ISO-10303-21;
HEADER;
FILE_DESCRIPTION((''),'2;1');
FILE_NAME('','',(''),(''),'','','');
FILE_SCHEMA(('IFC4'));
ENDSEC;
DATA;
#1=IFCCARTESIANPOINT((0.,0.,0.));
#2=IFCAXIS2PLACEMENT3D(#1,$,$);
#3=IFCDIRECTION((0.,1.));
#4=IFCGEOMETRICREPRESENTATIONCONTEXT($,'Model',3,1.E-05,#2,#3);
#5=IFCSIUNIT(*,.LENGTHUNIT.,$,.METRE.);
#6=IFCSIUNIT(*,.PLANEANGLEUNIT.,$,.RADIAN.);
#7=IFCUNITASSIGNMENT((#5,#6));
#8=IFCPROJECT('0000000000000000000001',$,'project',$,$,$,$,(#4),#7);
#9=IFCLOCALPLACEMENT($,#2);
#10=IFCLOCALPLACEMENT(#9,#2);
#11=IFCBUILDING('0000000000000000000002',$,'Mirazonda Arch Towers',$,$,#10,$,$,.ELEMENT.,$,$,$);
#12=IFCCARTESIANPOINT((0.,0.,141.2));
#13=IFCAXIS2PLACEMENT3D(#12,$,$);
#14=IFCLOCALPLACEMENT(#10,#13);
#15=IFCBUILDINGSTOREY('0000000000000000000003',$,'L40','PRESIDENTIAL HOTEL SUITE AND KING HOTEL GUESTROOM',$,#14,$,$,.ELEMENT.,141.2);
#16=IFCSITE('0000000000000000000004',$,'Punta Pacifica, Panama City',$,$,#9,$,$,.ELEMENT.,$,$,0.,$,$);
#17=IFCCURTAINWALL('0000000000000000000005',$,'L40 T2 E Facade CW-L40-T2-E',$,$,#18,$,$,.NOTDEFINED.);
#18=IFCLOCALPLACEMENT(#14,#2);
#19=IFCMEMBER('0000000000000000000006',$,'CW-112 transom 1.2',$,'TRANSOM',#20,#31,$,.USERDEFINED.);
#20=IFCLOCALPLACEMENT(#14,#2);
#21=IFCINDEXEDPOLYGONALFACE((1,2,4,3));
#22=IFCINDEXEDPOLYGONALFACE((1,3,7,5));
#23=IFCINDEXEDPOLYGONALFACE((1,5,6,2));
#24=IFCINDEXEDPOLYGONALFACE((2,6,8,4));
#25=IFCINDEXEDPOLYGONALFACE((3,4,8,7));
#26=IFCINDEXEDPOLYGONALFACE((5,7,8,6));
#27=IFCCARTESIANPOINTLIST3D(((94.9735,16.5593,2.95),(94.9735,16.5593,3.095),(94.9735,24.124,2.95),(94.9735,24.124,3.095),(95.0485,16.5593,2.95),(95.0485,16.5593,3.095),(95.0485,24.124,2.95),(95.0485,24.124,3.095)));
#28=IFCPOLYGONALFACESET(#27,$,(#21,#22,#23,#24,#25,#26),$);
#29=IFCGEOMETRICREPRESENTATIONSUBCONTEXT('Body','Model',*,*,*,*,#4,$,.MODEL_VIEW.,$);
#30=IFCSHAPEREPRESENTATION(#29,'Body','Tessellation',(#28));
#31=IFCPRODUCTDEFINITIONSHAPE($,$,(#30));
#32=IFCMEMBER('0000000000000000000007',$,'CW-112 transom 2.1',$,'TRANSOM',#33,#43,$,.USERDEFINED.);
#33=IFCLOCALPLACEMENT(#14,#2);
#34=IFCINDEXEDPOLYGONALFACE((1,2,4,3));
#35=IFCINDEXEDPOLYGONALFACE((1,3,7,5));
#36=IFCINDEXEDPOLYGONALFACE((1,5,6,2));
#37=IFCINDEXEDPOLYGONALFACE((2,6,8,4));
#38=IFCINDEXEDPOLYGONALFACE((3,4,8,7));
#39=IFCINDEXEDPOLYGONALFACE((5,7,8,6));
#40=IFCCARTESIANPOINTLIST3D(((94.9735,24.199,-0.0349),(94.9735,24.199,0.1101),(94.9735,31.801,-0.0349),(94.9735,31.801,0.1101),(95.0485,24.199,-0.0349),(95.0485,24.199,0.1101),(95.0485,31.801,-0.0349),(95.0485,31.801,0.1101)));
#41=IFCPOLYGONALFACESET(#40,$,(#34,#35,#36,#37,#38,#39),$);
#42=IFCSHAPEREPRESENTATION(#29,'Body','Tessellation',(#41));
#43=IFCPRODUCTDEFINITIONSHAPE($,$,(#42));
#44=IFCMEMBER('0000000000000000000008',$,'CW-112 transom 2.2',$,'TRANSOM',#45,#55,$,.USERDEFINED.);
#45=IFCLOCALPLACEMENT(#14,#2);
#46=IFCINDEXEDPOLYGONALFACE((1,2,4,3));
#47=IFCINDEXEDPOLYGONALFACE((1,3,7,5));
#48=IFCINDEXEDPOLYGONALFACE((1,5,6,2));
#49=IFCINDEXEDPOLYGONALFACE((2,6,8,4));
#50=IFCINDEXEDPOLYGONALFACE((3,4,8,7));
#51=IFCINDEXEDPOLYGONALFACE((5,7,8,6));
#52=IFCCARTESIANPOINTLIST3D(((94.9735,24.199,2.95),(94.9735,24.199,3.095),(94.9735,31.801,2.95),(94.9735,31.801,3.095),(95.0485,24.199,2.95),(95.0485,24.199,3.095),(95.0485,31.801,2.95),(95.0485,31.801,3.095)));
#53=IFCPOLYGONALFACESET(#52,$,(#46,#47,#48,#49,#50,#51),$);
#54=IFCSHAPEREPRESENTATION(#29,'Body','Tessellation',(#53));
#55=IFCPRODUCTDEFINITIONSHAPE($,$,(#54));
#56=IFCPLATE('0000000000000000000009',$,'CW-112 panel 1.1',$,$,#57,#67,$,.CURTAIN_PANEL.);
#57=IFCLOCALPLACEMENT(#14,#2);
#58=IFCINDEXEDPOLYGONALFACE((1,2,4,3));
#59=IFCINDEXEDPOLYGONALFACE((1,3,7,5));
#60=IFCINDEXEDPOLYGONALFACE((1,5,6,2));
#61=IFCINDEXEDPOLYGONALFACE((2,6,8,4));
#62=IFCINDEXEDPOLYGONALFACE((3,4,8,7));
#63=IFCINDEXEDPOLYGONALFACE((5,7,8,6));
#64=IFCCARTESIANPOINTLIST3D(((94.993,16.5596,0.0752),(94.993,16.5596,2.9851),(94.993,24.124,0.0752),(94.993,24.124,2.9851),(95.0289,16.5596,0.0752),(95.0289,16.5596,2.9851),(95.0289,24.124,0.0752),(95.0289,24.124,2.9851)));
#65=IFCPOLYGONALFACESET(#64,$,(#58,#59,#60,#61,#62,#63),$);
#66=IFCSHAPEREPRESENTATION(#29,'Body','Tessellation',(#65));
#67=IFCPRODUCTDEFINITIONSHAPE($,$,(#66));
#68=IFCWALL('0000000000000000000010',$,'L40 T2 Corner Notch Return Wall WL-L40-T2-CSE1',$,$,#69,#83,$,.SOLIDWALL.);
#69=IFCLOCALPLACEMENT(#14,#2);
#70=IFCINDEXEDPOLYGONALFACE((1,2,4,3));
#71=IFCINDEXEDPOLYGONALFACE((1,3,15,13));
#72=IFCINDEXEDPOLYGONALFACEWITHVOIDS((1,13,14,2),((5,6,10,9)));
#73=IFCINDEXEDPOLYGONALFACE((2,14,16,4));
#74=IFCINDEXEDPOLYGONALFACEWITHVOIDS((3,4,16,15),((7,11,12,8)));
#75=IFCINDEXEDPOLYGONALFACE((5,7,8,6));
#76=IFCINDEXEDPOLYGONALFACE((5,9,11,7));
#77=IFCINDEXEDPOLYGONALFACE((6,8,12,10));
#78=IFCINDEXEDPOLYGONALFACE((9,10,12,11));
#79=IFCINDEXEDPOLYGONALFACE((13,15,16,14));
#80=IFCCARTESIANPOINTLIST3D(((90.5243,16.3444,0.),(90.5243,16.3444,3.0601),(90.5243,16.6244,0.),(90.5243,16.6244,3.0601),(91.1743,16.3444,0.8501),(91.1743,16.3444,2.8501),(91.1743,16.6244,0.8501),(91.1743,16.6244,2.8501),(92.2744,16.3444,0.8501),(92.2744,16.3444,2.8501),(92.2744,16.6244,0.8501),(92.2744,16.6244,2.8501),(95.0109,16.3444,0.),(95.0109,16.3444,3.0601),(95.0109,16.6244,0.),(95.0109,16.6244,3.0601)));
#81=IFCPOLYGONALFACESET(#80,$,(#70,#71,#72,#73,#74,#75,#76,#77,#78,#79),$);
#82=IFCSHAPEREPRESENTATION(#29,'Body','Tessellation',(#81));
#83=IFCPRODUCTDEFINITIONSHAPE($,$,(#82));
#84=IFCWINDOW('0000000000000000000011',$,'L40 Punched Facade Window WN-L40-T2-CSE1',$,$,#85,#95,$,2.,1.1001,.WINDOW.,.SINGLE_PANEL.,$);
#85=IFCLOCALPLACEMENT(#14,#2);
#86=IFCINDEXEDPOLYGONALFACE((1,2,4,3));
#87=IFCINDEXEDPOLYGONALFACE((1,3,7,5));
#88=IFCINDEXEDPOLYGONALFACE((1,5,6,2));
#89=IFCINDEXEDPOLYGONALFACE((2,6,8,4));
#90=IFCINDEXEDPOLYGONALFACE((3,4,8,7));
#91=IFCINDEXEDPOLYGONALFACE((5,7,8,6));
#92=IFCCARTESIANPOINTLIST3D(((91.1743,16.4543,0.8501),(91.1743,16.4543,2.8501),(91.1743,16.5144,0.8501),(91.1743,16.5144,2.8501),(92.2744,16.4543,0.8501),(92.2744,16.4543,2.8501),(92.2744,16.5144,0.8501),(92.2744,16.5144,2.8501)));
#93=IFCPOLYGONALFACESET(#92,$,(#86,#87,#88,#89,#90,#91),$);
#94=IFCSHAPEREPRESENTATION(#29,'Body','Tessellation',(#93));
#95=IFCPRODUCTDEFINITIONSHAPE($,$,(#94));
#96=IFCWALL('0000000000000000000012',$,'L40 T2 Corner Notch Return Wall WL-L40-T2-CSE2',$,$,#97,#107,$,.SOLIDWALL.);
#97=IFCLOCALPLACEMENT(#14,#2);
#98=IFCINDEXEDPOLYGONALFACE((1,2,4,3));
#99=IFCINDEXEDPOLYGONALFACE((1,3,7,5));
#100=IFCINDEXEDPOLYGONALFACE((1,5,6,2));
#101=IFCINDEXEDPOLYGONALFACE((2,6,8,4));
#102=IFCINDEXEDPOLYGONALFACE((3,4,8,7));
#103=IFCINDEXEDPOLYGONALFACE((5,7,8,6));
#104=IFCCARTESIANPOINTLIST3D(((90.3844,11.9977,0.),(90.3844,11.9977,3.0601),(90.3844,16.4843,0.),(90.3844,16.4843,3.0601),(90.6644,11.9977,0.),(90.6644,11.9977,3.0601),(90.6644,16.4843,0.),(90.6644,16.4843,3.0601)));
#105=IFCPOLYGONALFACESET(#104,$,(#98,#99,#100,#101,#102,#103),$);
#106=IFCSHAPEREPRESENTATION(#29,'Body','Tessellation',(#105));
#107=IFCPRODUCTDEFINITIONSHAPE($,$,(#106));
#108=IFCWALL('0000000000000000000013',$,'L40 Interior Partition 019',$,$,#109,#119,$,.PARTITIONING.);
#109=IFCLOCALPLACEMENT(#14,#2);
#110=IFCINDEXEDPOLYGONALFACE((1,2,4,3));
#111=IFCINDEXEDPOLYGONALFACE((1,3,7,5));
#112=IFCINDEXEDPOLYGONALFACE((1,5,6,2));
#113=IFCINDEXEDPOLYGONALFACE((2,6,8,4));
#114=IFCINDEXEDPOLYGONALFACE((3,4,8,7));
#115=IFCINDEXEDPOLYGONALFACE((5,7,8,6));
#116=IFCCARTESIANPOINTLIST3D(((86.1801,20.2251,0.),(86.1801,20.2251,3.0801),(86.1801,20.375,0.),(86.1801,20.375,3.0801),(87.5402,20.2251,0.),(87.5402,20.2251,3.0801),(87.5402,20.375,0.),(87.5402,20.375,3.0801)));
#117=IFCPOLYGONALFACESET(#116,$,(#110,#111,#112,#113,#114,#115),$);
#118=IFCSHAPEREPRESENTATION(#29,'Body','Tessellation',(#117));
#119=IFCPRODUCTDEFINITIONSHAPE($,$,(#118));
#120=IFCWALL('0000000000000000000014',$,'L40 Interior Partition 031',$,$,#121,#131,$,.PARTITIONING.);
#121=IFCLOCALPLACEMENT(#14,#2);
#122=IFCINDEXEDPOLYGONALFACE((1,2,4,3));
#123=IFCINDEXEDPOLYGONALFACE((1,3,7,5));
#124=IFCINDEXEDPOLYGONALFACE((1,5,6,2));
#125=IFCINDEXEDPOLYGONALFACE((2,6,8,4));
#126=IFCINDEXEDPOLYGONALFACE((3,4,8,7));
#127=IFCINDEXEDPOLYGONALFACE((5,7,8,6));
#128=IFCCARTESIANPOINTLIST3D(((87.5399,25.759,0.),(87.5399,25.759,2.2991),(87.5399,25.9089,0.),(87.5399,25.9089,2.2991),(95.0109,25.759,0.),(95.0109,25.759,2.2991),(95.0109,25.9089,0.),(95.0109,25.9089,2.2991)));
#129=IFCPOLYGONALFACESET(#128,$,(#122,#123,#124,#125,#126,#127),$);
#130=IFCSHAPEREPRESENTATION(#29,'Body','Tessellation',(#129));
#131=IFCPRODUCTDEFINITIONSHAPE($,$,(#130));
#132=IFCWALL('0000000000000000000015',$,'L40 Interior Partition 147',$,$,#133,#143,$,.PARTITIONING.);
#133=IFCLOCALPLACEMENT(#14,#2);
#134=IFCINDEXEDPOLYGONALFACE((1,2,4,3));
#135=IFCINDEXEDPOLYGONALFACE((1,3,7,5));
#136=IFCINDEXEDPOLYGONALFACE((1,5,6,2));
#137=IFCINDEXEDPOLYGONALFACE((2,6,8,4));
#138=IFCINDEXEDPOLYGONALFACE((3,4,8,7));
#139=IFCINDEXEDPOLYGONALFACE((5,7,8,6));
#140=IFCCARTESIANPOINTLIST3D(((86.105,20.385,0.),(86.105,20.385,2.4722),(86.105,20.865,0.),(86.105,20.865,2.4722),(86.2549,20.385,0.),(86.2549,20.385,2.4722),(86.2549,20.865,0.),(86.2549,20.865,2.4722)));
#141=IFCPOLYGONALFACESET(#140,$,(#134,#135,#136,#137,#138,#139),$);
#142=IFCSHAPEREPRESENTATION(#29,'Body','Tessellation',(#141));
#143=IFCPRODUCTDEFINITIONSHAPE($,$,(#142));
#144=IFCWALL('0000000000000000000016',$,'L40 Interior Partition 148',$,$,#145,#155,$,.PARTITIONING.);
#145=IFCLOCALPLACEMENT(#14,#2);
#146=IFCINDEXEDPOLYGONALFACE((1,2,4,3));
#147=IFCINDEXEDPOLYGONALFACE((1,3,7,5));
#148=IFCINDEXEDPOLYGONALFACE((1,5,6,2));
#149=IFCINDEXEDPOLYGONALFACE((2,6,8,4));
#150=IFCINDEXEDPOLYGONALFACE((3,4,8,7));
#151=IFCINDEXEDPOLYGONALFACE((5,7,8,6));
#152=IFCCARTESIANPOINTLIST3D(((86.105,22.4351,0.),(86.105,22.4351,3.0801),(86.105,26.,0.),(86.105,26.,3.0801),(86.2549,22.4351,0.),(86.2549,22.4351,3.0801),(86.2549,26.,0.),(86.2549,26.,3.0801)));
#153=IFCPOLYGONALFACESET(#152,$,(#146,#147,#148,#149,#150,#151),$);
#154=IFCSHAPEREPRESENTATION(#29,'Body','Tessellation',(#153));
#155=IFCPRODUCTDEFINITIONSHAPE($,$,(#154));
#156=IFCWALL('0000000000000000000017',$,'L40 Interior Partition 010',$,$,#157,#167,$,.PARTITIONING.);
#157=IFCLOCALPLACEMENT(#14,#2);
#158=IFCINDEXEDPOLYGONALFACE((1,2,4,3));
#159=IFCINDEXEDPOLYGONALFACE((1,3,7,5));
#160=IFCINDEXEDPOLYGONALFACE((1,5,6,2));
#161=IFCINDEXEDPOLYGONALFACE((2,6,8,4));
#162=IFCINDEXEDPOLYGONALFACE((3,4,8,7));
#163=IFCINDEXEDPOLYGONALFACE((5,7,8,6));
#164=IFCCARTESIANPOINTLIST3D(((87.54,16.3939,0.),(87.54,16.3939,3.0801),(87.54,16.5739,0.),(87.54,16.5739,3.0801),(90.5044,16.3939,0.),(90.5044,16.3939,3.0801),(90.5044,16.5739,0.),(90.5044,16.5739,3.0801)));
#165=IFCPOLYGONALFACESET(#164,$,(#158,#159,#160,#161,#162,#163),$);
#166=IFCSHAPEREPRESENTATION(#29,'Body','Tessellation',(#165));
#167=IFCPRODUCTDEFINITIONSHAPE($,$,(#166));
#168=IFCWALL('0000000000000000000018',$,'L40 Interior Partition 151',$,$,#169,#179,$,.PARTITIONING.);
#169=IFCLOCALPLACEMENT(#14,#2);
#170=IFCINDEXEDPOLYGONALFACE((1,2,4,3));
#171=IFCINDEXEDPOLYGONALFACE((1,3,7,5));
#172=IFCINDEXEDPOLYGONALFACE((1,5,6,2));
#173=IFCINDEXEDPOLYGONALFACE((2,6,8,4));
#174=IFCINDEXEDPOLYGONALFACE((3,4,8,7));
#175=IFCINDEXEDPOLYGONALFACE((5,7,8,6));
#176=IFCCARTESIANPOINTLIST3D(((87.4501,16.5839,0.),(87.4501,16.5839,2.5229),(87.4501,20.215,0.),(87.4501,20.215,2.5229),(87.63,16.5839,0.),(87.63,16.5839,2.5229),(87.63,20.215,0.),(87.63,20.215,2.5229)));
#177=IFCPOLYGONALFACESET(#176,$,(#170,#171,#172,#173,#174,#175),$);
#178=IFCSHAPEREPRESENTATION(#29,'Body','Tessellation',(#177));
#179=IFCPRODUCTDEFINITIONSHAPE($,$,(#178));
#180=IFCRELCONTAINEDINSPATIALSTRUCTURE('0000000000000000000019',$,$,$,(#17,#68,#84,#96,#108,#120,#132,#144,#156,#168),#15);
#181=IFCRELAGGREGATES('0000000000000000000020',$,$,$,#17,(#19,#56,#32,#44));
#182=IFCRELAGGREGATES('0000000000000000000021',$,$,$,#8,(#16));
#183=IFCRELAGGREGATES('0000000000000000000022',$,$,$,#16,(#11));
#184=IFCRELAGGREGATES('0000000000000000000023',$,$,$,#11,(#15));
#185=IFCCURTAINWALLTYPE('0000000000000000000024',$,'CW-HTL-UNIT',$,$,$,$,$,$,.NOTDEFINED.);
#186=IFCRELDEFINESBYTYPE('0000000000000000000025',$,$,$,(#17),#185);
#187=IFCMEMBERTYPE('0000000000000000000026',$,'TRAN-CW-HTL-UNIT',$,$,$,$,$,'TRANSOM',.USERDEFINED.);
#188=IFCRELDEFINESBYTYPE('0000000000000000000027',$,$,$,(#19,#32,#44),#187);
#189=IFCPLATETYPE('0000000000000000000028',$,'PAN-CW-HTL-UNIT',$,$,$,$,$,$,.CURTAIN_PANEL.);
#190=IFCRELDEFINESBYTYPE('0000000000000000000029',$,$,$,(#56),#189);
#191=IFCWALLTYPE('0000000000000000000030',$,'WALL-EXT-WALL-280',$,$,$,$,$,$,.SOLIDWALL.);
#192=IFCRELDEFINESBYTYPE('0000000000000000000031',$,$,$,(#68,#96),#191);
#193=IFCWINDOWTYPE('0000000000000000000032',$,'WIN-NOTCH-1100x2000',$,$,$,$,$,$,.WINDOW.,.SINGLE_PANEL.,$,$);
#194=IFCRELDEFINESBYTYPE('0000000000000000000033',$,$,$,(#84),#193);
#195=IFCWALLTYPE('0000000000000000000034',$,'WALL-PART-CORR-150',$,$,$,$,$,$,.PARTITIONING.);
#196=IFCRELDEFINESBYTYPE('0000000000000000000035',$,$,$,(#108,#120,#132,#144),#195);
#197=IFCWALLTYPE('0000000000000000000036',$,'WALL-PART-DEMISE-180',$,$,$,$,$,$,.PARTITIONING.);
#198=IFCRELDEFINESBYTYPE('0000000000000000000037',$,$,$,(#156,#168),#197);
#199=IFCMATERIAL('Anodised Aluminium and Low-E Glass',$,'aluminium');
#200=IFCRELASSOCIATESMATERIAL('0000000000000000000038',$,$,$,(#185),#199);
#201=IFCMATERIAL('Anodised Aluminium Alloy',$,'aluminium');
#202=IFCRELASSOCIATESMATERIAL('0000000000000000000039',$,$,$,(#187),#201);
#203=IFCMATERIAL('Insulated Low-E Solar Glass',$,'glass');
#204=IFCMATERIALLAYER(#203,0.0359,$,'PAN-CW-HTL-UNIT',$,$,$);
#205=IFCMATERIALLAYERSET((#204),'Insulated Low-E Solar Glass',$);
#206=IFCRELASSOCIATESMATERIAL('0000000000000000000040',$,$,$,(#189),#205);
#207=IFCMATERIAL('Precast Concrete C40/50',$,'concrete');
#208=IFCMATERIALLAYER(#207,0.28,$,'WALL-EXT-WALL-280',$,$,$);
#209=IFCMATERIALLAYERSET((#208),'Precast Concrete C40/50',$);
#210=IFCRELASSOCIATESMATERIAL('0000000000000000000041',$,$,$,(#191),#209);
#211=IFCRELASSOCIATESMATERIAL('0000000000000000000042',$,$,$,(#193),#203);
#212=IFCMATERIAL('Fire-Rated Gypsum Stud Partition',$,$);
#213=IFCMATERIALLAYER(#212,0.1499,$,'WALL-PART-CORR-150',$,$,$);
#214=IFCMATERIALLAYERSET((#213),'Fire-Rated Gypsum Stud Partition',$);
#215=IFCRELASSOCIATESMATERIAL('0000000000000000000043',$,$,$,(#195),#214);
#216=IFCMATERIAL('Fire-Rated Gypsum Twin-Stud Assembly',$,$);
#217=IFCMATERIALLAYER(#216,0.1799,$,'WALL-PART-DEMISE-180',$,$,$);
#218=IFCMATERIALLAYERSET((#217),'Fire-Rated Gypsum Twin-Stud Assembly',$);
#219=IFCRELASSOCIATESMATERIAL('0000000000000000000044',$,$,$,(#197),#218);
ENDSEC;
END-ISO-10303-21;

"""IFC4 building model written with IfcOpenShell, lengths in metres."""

from ifc_helpers import new_model, si_unit, direction, frame, frame_2d, origin, origin_2d, place, context, subcontext, project, spatial, rectangle, extrude, material, layer, layer_set, material_profile, profile_set, type_object, element, fill, aggregate, save


model = new_model("IFC4")

# Units and contexts
model_context = context("Model", 3, precision=1e-05, world=origin(), true_north=direction((0.0, 1.0)))
body_context = subcontext(model_context, "Body", "Model", "MODEL_VIEW")
ifc_project = project(units=[si_unit("LENGTHUNIT", "METRE"), si_unit("PLANEANGLEUNIT", "RADIAN")], contexts=[model_context])

# Site, building, storey
site_placement = place(None, origin())
site = spatial("IfcSite", under=ifc_project, at=site_placement, Name="Punta Pacifica, Panama City", CompositionType="ELEMENT", RefElevation=0.0)
building_placement = place(site_placement, origin())
building = spatial("IfcBuilding", under=site, at=building_placement, Name="Mirazonda Arch Towers", CompositionType="ELEMENT")
storey_placement = place(building_placement, frame((0.0, 0.0, 141.2)))
storey = spatial("IfcBuildingStorey", under=building, at=storey_placement, Name="L40", Description="PRESIDENTIAL HOTEL SUITE AND KING HOTEL GUESTROOM", CompositionType="ELEMENT", Elevation=141.2)

# Shared definitions
ifc_material_1 = material(Name="Anodised Aluminium and Low-E Glass", Category="aluminium")
curtain_wall_type = type_object("IfcCurtainWallType", Name="CW-HTL-UNIT", PredefinedType="NOTDEFINED", material=ifc_material_1)
ifc_material_2 = material(Name="Anodised Aluminium Alloy", Category="aluminium")

# Curtain wall
curtain_wall_1_placement = place(storey_placement, origin())
curtain_wall_1 = element("IfcCurtainWall", 1, at=curtain_wall_1_placement, inside=storey, type_object=curtain_wall_type, Name="L40 T2 E Facade CW-L40-T2-E", PredefinedType="NOTDEFINED")

# Members
ifc_material_profile_1 = material_profile(ifc_material_2, rectangle(XDim=0.075, YDim=0.145, at=origin_2d()), Name="ALU-TRAN-75x145")
ifc_profile_set_1 = profile_set([ifc_material_profile_1], Name="Anodised Aluminium Alloy")
member_type_1 = type_object("IfcMemberType", Name="TRAN-CW-HTL-UNIT", ElementType="TRANSOM", PredefinedType="USERDEFINED", material=ifc_profile_set_1)
member_1_placement = place(storey_placement, frame((95.011, 16.5593, 3.0225), z_axis=(0.0, 1.0, 0.0), x_axis=(-1.0, 0.0, 0.0)))
member_1 = element("IfcMember", 2, at=member_1_placement, type_object=member_type_1, Name="CW-112 transom 1.2", ObjectType="TRANSOM", PredefinedType="USERDEFINED", context=body_context, shape_type="SweptSolid", body=[
    extrude(rectangle(XDim=0.075, YDim=0.145, at=origin_2d()), origin(), (0.0, 0.0, 1.0), 7.5647),
])
member_2_placement = place(storey_placement, frame((95.011, 24.199, 0.0376), z_axis=(0.0, 1.0, 0.0), x_axis=(-1.0, 0.0, 0.0)))
member_2 = element("IfcMember", 3, at=member_2_placement, type_object=member_type_1, Name="CW-112 transom 2.1", ObjectType="TRANSOM", PredefinedType="USERDEFINED", context=body_context, shape_type="SweptSolid", body=[
    extrude(rectangle(XDim=0.075, YDim=0.145, at=origin_2d()), origin(), (0.0, 0.0, 1.0), 7.6021),
])
member_3_placement = place(storey_placement, frame((95.011, 24.199, 3.0225), z_axis=(0.0, 1.0, 0.0), x_axis=(-1.0, 0.0, 0.0)))
member_3 = element("IfcMember", 4, at=member_3_placement, type_object=member_type_1, Name="CW-112 transom 2.2", ObjectType="TRANSOM", PredefinedType="USERDEFINED", context=body_context, shape_type="SweptSolid", body=[
    extrude(rectangle(XDim=0.075, YDim=0.145, at=origin_2d()), origin(), (0.0, 0.0, 1.0), 7.6021),
])

# Plate
ifc_material_3 = material(Name="Insulated Low-E Solar Glass", Category="glass")
ifc_layer_1 = layer(ifc_material_3, 0.0359, Name="PAN-CW-HTL-UNIT")
ifc_layer_set_1 = layer_set([ifc_layer_1], Name="Insulated Low-E Solar Glass")
plate_type = type_object("IfcPlateType", Name="PAN-CW-HTL-UNIT", PredefinedType="CURTAIN_PANEL", material=ifc_layer_set_1)
plate_placement = place(storey_placement, frame((95.011, 20.3418, 0.0752), z_axis=(0.0, 0.0, 1.0), x_axis=(0.0, 1.0, 0.0)))
plate = element("IfcPlate", 5, at=plate_placement, type_object=plate_type, Name="CW-112 panel 1.1", PredefinedType="CURTAIN_PANEL", context=body_context, shape_type="SweptSolid", body=[
    extrude(rectangle(XDim=7.5645, YDim=0.0359, at=origin_2d()), origin(), (0.0, 0.0, 1.0), 2.9099),
])
aggregate(curtain_wall_1, [member_1, plate, member_2, member_3])

# Wall, opening, window
ifc_material_4 = material(Name="Precast Concrete C40/50", Category="concrete")
ifc_layer_2 = layer(ifc_material_4, 0.28, Name="WALL-EXT-WALL-280")
ifc_layer_set_2 = layer_set([ifc_layer_2], Name="Precast Concrete C40/50")
wall_type_1 = type_object("IfcWallType", Name="WALL-EXT-WALL-280", PredefinedType="SOLIDWALL", material=ifc_layer_set_2)
wall_1_placement = place(storey_placement, frame((90.5244, 16.4844, 0.0), z_axis=(0.0, 0.0, 1.0), x_axis=(1.0, 0.0, 0.0)))
wall_1 = element("IfcWall", 6, at=wall_1_placement, inside=storey, type_object=wall_type_1, Name="L40 T2 Corner Notch Return Wall WL-L40-T2-CSE1", PredefinedType="SOLIDWALL", context=body_context, shape_type="SweptSolid", body=[
    extrude(rectangle(XDim=4.4866, YDim=0.28, at=frame_2d((2.2432, 0.0))), origin(), (0.0, 0.0, 1.0), 3.0601),
])
opening_1_placement = place(wall_1_placement, frame((0.6499, 0.0, 0.8501)))
opening_1 = element("IfcOpeningElement", 7, at=opening_1_placement, cuts=wall_1, PredefinedType="OPENING", context=body_context, shape_type="SweptSolid", body=[
    extrude(rectangle(XDim=1.1001, YDim=2.0, at=frame_2d((0.55, 1.0))), frame((0.0, 0.1499, 0.0), z_axis=(0.0, -1.0, 0.0), x_axis=(1.0, 0.0, 0.0)), (0.0, 0.0, 1.0), 0.3),
])
window_type = type_object("IfcWindowType", Name="WIN-NOTCH-1100x2000", PartitioningType="SINGLE_PANEL", PredefinedType="WINDOW", material=ifc_material_3)
window_placement = place(opening_1_placement, origin())
window = element("IfcWindow", 8, at=window_placement, inside=storey, type_object=window_type, Name="L40 Punched Facade Window WN-L40-T2-CSE1", OverallHeight=2.0, OverallWidth=1.1001, PartitioningType="SINGLE_PANEL", PredefinedType="WINDOW", context=body_context, shape_type="SweptSolid", body=[
    extrude(rectangle(XDim=1.1001, YDim=2.0, at=frame_2d((0.55, 1.0))), frame((0.0, 0.03, 0.0), z_axis=(0.0, -1.0, 0.0), x_axis=(1.0, 0.0, 0.0)), (0.0, 0.0, 1.0), 0.0601),
])
fill(opening_1, window)

# Walls
wall_2_placement = place(storey_placement, frame((90.5244, 11.9978, 0.0), z_axis=(0.0, 0.0, 1.0), x_axis=(0.0, 1.0, 0.0)))
element("IfcWall", 9, at=wall_2_placement, inside=storey, type_object=wall_type_1, Name="L40 T2 Corner Notch Return Wall WL-L40-T2-CSE2", PredefinedType="SOLIDWALL", context=body_context, shape_type="SweptSolid", body=[
    extrude(rectangle(XDim=4.4866, YDim=0.28, at=frame_2d((2.2432, 0.0))), origin(), (0.0, 0.0, 1.0), 3.0601),
])
ifc_material_5 = material(Name="Fire-Rated Gypsum Stud Partition")
ifc_layer_3 = layer(ifc_material_5, 0.1499, Name="WALL-PART-CORR-150")
ifc_layer_set_3 = layer_set([ifc_layer_3], Name="Fire-Rated Gypsum Stud Partition")
wall_type_2 = type_object("IfcWallType", Name="WALL-PART-CORR-150", PredefinedType="PARTITIONING", material=ifc_layer_set_3)
wall_3_placement = place(storey_placement, frame((86.1799, 20.3, 0.0), z_axis=(0.0, 0.0, 1.0), x_axis=(1.0, 0.0, 0.0)))
element("IfcWall", 10, at=wall_3_placement, inside=storey, type_object=wall_type_2, Name="L40 Interior Partition 019", PredefinedType="PARTITIONING", context=body_context, shape_type="SweptSolid", body=[
    extrude(rectangle(XDim=1.3601, YDim=0.1499, at=frame_2d((0.6802, 0.0))), origin(), (0.0, 0.0, 1.0), 3.0801),
])
wall_4_placement = place(storey_placement, frame((87.54, 25.834, 0.0), z_axis=(0.0, 0.0, 1.0), x_axis=(1.0, 0.0, 0.0)))
element("IfcWall", 11, at=wall_4_placement, inside=storey, type_object=wall_type_2, Name="L40 Interior Partition 031", PredefinedType="PARTITIONING", context=body_context, shape_type="SweptSolid", body=[
    extrude(rectangle(XDim=7.4709, YDim=0.1499, at=frame_2d((3.7354, 0.0))), origin(), (0.0, 0.0, 1.0), 2.2991),
])
wall_5_placement = place(storey_placement, frame((86.1799, 20.385, 0.0), z_axis=(0.0, 0.0, 1.0), x_axis=(0.0, 1.0, 0.0)))
element("IfcWall", 12, at=wall_5_placement, inside=storey, type_object=wall_type_2, Name="L40 Interior Partition 147", PredefinedType="PARTITIONING", context=body_context, shape_type="SweptSolid", body=[
    extrude(rectangle(XDim=0.48, YDim=0.1499, at=frame_2d((0.24, 0.0))), origin(), (0.0, 0.0, 1.0), 2.4722),
])
wall_6_placement = place(storey_placement, frame((86.1799, 22.4351, 0.0), z_axis=(0.0, 0.0, 1.0), x_axis=(0.0, 1.0, 0.0)))
element("IfcWall", 13, at=wall_6_placement, inside=storey, type_object=wall_type_2, Name="L40 Interior Partition 148", PredefinedType="PARTITIONING", context=body_context, shape_type="SweptSolid", body=[
    extrude(rectangle(XDim=3.5649, YDim=0.1499, at=frame_2d((1.7825, 0.0))), origin(), (0.0, 0.0, 1.0), 3.0801),
])
ifc_material_6 = material(Name="Fire-Rated Gypsum Twin-Stud Assembly")
ifc_layer_4 = layer(ifc_material_6, 0.1799, Name="WALL-PART-DEMISE-180")
ifc_layer_set_4 = layer_set([ifc_layer_4], Name="Fire-Rated Gypsum Twin-Stud Assembly")
wall_type_3 = type_object("IfcWallType", Name="WALL-PART-DEMISE-180", PredefinedType="PARTITIONING", material=ifc_layer_set_4)
wall_7_placement = place(storey_placement, frame((87.54, 16.4839, 0.0), z_axis=(0.0, 0.0, 1.0), x_axis=(1.0, 0.0, 0.0)))
element("IfcWall", 14, at=wall_7_placement, inside=storey, type_object=wall_type_3, Name="L40 Interior Partition 010", PredefinedType="PARTITIONING", context=body_context, shape_type="SweptSolid", body=[
    extrude(rectangle(XDim=2.9644, YDim=0.1799, at=frame_2d((1.4822, 0.0))), origin(), (0.0, 0.0, 1.0), 3.0801),
])

# Wall
wall_8_placement = place(storey_placement, frame((87.54, 16.584, 0.0), z_axis=(0.0, 0.0, 1.0), x_axis=(0.0, 1.0, 0.0)))
element("IfcWall", 15, at=wall_8_placement, inside=storey, type_object=wall_type_3, Name="L40 Interior Partition 151", PredefinedType="PARTITIONING", context=body_context, shape_type="SweptSolid", body=[
    extrude(rectangle(XDim=3.6311, YDim=0.1799, at=frame_2d((1.8154, 0.0))), origin(), (0.0, 0.0, 1.0), 2.5229),
])

save(model, "model.ifc")
